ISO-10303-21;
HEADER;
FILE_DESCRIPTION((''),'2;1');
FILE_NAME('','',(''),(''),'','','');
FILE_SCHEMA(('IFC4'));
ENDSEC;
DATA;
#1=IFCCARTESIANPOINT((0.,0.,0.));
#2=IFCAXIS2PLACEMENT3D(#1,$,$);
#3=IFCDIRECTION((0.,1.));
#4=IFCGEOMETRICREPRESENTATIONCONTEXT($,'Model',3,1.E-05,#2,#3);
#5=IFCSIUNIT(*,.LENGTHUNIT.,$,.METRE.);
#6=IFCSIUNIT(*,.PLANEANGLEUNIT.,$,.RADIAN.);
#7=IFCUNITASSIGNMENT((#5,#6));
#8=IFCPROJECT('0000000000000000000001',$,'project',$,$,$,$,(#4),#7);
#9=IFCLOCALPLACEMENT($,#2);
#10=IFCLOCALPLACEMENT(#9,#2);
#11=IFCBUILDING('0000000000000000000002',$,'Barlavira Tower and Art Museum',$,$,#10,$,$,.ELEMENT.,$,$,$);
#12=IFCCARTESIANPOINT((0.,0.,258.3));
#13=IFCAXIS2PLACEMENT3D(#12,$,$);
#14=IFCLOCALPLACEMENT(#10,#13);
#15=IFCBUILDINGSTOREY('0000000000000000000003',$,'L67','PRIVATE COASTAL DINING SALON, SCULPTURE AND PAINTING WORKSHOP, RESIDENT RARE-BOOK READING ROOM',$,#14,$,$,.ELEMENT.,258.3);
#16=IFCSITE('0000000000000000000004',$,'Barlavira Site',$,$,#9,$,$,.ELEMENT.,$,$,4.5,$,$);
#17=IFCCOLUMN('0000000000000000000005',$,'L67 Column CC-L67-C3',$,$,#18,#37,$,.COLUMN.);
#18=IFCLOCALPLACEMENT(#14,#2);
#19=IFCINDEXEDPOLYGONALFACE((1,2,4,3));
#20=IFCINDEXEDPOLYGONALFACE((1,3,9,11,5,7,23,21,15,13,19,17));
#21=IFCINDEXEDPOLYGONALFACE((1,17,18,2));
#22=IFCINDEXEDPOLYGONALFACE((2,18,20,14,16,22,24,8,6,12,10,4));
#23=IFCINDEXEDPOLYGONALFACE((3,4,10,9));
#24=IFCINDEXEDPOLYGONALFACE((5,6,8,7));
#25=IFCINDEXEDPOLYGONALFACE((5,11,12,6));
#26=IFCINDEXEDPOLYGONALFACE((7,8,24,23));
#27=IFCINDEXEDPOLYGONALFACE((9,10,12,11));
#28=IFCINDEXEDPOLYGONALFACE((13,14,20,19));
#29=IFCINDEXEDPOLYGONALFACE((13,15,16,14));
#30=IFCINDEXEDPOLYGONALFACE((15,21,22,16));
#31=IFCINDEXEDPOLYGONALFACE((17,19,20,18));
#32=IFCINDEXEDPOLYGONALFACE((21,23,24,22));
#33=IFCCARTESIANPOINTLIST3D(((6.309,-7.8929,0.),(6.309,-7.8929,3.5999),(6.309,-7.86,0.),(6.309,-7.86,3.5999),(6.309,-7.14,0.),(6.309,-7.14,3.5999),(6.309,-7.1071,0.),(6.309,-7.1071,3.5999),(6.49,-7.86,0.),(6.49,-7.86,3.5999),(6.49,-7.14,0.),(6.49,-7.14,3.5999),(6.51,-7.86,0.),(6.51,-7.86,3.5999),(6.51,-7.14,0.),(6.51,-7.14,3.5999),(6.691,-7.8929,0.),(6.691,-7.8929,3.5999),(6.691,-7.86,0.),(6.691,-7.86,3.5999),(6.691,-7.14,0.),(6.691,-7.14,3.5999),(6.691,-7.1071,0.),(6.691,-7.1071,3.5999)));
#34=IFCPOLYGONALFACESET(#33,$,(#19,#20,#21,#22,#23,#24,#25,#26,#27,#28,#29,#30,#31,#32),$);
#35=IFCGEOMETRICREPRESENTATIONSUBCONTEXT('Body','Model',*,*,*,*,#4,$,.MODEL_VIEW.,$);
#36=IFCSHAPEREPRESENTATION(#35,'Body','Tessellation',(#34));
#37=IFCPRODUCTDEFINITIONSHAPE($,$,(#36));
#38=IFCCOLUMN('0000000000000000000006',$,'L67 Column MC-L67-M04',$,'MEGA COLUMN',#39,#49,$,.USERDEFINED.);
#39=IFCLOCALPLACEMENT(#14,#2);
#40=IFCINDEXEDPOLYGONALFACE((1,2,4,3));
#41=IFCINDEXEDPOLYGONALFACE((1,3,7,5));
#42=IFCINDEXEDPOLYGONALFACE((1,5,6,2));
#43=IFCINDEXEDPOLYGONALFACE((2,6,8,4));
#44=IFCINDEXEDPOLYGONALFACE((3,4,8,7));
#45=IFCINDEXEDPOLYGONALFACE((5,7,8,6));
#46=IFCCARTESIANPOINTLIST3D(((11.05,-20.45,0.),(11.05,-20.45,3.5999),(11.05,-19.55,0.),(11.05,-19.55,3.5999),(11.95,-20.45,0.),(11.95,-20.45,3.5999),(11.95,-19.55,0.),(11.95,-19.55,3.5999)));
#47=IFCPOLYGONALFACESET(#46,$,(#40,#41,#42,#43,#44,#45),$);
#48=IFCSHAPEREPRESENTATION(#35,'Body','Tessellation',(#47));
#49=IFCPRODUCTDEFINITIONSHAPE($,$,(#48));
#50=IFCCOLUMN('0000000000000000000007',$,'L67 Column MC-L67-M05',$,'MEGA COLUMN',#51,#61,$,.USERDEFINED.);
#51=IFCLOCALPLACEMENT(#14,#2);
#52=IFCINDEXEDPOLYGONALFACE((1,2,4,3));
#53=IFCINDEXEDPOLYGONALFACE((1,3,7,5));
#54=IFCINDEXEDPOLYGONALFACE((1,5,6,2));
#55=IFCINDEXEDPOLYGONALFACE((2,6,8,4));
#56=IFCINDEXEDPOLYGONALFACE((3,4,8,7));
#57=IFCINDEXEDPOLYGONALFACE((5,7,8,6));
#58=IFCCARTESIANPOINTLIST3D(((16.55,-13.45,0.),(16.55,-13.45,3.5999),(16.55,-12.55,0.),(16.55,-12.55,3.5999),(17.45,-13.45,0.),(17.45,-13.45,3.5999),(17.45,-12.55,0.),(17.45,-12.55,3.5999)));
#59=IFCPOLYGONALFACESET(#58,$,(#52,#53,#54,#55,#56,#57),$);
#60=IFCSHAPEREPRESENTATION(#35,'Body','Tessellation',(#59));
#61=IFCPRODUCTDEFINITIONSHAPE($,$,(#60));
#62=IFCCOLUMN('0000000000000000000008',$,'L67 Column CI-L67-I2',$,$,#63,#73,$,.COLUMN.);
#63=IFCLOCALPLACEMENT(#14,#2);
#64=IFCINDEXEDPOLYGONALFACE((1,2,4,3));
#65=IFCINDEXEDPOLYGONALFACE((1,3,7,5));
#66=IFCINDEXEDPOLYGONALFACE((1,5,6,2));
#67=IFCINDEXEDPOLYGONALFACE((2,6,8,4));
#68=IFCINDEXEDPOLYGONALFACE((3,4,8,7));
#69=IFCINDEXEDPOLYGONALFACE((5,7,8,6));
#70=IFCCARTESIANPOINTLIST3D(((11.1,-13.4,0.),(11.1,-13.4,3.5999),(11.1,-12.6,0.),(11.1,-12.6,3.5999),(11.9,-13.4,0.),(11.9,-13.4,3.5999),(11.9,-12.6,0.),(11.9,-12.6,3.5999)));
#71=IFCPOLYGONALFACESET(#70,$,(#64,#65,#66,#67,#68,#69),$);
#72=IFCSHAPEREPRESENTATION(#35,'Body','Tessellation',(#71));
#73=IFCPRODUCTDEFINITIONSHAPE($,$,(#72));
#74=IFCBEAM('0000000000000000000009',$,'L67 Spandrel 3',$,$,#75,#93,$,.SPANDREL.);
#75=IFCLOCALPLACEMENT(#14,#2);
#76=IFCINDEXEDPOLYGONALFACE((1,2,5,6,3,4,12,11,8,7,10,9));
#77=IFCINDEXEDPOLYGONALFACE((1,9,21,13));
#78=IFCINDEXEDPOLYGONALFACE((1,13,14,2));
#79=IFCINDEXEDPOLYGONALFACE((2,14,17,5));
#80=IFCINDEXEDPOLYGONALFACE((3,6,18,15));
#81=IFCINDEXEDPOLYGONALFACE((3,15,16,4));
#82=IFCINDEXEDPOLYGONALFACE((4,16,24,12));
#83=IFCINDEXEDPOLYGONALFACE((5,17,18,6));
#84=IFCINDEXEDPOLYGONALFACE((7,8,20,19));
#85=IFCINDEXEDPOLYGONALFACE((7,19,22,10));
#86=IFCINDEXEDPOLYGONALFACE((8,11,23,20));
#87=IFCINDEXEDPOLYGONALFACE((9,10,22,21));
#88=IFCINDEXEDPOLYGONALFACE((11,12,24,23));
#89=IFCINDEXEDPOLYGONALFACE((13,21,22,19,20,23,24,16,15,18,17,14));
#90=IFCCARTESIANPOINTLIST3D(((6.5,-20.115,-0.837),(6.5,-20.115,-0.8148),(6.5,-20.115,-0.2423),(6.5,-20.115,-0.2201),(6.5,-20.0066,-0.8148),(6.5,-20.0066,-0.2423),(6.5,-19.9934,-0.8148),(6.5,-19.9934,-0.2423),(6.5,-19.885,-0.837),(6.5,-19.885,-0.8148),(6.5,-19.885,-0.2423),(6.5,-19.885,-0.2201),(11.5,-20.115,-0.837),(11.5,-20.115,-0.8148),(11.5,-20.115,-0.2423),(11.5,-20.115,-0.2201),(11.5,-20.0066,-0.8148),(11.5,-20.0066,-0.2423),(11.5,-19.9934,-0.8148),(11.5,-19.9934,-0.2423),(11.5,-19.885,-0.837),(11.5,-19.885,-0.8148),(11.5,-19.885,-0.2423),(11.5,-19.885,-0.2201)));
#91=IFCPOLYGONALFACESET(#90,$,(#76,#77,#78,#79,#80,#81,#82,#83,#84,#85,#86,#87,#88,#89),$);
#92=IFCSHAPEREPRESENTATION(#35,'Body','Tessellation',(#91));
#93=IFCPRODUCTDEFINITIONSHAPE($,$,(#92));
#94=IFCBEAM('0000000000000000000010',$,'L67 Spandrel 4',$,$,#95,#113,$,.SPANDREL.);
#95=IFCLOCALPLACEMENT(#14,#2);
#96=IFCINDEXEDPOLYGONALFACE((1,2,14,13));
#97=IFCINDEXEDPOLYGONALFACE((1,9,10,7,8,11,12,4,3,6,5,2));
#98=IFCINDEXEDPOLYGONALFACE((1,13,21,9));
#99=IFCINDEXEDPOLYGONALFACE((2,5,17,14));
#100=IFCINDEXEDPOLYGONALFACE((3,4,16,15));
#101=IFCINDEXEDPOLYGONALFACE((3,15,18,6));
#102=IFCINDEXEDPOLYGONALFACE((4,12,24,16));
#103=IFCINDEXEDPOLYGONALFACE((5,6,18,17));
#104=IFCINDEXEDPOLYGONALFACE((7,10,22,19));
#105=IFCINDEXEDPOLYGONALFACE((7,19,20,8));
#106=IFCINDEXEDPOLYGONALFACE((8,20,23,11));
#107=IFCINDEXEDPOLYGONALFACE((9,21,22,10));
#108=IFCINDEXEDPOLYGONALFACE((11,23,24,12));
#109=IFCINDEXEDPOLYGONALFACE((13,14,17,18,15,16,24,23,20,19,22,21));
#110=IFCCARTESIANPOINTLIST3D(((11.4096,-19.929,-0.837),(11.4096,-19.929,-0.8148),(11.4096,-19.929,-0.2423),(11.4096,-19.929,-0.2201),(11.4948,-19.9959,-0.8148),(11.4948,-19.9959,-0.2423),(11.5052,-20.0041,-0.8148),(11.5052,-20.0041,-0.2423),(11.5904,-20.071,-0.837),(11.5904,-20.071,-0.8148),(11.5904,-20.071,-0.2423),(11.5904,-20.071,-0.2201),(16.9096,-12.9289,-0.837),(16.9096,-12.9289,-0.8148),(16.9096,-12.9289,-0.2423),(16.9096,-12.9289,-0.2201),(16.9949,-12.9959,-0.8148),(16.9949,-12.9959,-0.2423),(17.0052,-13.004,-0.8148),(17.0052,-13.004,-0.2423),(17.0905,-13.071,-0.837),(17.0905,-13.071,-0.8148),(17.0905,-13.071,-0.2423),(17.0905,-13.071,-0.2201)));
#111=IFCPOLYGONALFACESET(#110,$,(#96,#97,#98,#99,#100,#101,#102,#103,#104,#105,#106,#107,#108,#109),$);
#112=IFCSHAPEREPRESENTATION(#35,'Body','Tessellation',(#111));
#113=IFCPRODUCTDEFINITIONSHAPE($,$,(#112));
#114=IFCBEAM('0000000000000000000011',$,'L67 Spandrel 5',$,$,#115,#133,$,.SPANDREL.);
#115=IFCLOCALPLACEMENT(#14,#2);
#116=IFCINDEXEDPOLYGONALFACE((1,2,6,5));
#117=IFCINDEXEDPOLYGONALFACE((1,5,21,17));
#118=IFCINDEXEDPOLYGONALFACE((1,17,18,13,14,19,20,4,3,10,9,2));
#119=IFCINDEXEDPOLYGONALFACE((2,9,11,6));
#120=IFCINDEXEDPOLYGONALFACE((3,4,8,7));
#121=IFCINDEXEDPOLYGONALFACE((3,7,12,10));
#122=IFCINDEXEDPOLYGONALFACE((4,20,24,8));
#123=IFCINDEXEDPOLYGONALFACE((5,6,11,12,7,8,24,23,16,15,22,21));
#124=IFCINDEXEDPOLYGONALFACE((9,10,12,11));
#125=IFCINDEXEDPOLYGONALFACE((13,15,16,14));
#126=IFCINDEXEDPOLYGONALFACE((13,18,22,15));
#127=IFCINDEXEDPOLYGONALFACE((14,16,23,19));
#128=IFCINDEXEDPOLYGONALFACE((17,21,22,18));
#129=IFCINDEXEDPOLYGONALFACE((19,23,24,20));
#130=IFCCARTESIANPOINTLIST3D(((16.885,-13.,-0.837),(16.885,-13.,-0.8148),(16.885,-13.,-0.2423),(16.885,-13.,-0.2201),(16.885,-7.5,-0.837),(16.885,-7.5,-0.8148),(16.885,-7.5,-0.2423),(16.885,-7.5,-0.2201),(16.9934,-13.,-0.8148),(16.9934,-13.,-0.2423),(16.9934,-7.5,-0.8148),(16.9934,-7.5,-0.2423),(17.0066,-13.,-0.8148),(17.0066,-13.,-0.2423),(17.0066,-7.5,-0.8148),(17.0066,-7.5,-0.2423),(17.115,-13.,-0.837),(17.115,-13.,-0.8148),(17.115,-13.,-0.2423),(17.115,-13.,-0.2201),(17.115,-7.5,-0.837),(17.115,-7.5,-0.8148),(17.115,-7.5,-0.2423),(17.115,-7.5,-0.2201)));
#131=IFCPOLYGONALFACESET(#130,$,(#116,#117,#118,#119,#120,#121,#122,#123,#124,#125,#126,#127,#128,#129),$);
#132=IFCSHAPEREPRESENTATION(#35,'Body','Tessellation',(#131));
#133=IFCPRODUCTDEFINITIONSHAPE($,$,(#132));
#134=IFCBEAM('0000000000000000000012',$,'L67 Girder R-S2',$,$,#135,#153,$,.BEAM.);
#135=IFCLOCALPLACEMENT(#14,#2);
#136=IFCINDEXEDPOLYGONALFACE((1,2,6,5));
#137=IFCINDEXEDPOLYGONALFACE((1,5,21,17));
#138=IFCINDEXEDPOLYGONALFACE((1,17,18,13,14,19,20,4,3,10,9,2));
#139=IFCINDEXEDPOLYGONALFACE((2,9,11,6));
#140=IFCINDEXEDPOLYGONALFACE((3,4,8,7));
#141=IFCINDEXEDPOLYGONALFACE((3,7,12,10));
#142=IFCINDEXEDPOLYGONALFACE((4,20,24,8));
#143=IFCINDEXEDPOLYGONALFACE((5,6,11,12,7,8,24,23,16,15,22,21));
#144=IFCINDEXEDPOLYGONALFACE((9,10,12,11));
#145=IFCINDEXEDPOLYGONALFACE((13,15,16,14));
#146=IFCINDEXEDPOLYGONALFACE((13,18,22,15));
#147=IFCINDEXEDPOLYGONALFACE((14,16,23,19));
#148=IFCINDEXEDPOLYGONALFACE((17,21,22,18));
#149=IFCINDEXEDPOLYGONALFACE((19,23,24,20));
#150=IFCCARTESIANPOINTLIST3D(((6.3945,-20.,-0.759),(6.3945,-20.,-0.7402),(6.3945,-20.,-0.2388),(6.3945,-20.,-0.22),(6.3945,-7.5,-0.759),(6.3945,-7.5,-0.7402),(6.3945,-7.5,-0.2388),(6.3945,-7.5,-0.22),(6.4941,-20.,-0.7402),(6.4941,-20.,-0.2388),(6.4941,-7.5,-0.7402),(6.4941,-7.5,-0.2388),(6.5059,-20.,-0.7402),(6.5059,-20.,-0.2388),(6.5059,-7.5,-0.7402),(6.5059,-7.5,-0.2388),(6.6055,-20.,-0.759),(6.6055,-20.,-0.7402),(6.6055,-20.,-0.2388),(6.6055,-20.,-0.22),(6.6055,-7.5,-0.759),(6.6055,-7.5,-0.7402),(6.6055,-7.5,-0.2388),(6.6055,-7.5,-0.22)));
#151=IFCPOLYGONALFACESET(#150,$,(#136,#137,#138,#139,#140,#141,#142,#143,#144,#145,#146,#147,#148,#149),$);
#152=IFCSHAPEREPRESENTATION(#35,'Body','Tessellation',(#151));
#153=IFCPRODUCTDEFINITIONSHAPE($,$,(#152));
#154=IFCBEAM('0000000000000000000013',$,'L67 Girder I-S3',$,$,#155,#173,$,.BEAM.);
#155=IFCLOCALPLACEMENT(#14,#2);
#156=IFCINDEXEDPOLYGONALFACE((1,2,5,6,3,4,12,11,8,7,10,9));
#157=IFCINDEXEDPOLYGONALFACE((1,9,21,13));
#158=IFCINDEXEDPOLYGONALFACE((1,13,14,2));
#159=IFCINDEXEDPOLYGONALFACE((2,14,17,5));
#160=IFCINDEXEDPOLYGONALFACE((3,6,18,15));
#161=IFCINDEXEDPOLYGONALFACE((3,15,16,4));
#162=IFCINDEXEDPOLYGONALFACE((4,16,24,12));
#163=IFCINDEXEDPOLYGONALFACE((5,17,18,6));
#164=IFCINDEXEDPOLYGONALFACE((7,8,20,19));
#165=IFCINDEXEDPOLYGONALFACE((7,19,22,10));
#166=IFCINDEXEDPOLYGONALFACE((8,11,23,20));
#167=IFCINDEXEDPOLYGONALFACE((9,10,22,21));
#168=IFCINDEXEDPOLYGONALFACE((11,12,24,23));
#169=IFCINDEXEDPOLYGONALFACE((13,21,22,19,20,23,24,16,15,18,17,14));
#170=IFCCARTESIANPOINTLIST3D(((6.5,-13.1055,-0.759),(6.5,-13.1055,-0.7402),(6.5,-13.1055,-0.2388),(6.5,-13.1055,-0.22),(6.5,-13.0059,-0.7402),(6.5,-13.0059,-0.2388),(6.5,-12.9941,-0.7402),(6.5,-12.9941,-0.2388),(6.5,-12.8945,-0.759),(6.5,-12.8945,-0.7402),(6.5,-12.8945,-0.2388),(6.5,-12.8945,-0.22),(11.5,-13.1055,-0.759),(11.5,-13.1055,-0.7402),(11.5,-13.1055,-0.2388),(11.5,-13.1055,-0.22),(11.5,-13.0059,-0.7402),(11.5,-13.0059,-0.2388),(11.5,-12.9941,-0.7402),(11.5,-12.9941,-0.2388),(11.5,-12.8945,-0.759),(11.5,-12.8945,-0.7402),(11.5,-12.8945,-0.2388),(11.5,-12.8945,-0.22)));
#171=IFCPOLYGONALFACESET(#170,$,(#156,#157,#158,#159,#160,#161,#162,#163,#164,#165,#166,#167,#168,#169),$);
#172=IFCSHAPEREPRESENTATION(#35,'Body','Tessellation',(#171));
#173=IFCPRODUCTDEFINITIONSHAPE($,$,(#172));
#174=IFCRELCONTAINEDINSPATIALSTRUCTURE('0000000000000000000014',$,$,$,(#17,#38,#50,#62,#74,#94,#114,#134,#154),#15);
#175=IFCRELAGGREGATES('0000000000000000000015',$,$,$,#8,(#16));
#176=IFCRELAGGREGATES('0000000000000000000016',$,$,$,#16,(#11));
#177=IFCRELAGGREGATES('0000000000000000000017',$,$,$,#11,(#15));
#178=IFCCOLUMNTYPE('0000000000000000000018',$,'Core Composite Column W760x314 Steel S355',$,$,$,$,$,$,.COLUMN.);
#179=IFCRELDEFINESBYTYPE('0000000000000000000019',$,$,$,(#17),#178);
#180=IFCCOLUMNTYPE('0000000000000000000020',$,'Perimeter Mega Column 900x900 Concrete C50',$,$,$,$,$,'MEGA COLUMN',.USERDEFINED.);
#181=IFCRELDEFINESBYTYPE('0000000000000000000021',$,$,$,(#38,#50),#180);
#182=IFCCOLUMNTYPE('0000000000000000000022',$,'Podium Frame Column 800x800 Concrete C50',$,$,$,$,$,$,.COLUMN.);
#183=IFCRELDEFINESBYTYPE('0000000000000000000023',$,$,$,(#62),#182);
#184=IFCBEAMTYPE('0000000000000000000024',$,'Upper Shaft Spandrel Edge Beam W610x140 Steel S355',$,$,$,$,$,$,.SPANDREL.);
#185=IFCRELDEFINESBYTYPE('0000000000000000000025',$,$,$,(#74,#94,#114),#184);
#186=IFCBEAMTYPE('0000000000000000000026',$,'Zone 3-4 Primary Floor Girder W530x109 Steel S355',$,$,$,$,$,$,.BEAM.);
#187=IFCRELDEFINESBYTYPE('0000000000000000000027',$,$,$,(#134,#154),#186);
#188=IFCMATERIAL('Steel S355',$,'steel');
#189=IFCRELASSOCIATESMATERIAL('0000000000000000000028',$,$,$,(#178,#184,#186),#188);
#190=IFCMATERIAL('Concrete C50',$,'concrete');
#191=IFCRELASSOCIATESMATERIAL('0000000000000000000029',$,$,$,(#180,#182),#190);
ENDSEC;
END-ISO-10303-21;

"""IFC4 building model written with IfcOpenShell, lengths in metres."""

from ifc_helpers import new_model, si_unit, direction, frame, origin, origin_2d, place, context, subcontext, project, spatial, rectangle, i_section, extrude, material, material_profile, profile_set, type_object, element, save


model = new_model("IFC4")

# Units and contexts
model_context = context("Model", 3, precision=1e-05, world=origin(), true_north=direction((0.0, 1.0)))
body_context = subcontext(model_context, "Body", "Model", "MODEL_VIEW")
ifc_project = project(units=[si_unit("LENGTHUNIT", "METRE"), si_unit("PLANEANGLEUNIT", "RADIAN")], contexts=[model_context])

# Site, building, storey
site_placement = place(None, origin())
site = spatial("IfcSite", under=ifc_project, at=site_placement, Name="Barlavira Site", CompositionType="ELEMENT", RefElevation=4.5)
building_placement = place(site_placement, origin())
building = spatial("IfcBuilding", under=site, at=building_placement, Name="Barlavira Tower and Art Museum", CompositionType="ELEMENT")
storey_placement = place(building_placement, frame((0.0, 0.0, 258.3)))
storey = spatial("IfcBuildingStorey", under=building, at=storey_placement, Name="L67", Description="PRIVATE COASTAL DINING SALON, SCULPTURE AND PAINTING WORKSHOP, RESIDENT RARE-BOOK READING ROOM", CompositionType="ELEMENT", Elevation=258.3)

# Columns
ifc_material_1 = material(Name="Steel S355", Category="steel")
ifc_material_profile_1 = material_profile(ifc_material_1, i_section(OverallWidth=0.3821, OverallDepth=0.7859, WebThickness=0.02, FlangeThickness=0.033, at=origin_2d()), Name="W760x314.0")
ifc_profile_set_1 = profile_set([ifc_material_profile_1], Name="Steel S355")
column_type_1 = type_object("IfcColumnType", Name="Core Composite Column W760x314 Steel S355", PredefinedType="COLUMN", material=ifc_profile_set_1)
column_1_placement = place(storey_placement, frame((6.5, -7.5, 0.0), z_axis=(0.0, 0.0, 1.0), x_axis=(1.0, 0.0, 0.0)))
element("IfcColumn", 1, at=column_1_placement, inside=storey, type_object=column_type_1, Name="L67 Column CC-L67-C3", PredefinedType="COLUMN", context=body_context, shape_type="SweptSolid", body=[
    extrude(i_section(OverallWidth=0.3821, OverallDepth=0.7859, WebThickness=0.02, FlangeThickness=0.033, at=origin_2d()), origin(), (0.0, 0.0, 1.0), 3.5999),
])
ifc_material_2 = material(Name="Concrete C50", Category="concrete")
ifc_material_profile_2 = material_profile(ifc_material_2, rectangle(XDim=0.8999, YDim=0.8999, at=origin_2d()), Name="RC-COL 900x900")
ifc_profile_set_2 = profile_set([ifc_material_profile_2], Name="Concrete C50")
column_type_2 = type_object("IfcColumnType", Name="Perimeter Mega Column 900x900 Concrete C50", ElementType="MEGA COLUMN", PredefinedType="USERDEFINED", material=ifc_profile_set_2)
for number, where, z_axis, x_axis, name in (
    (2, (11.5, -20.0, 0.0), (0.0, 0.0, 1.0), (1.0, 0.0, 0.0), "L67 Column MC-L67-M04"),
    (3, (17.0, -13.0, 0.0), (0.0, 0.0, 1.0), (1.0, 0.0, 0.0), "L67 Column MC-L67-M05"),
):
    element("IfcColumn", number, at=place(storey_placement, frame(where, z_axis=z_axis, x_axis=x_axis)), inside=storey, type_object=column_type_2, Name=name, ObjectType="MEGA COLUMN", PredefinedType="USERDEFINED", context=body_context, shape_type="SweptSolid", body=[
        extrude(rectangle(XDim=0.8999, YDim=0.8999, at=origin_2d()), origin(), (0.0, 0.0, 1.0), 3.5999),
    ])
ifc_material_profile_3 = material_profile(ifc_material_2, rectangle(XDim=0.8, YDim=0.8, at=origin_2d()), Name="RC-COL 800x800")
ifc_profile_set_3 = profile_set([ifc_material_profile_3], Name="Concrete C50")
column_type_3 = type_object("IfcColumnType", Name="Podium Frame Column 800x800 Concrete C50", PredefinedType="COLUMN", material=ifc_profile_set_3)
column_2_placement = place(storey_placement, frame((11.5, -13.0, 0.0), z_axis=(0.0, 0.0, 1.0), x_axis=(1.0, 0.0, 0.0)))
element("IfcColumn", 4, at=column_2_placement, inside=storey, type_object=column_type_3, Name="L67 Column CI-L67-I2", PredefinedType="COLUMN", context=body_context, shape_type="SweptSolid", body=[
    extrude(rectangle(XDim=0.8, YDim=0.8, at=origin_2d()), origin(), (0.0, 0.0, 1.0), 3.5999),
])

# Beams
ifc_material_profile_4 = material_profile(ifc_material_1, i_section(OverallWidth=0.23, OverallDepth=0.6169, WebThickness=0.0132, FlangeThickness=0.0222, at=origin_2d()), Name="W610x140.0")
ifc_profile_set_4 = profile_set([ifc_material_profile_4], Name="Steel S355")
beam_type_1 = type_object("IfcBeamType", Name="Upper Shaft Spandrel Edge Beam W610x140 Steel S355", PredefinedType="SPANDREL", material=ifc_profile_set_4)
beam_1_placement = place(storey_placement, frame((6.5, -20.0, -0.5286), z_axis=(1.0, 0.0, 0.0), x_axis=(0.0, 1.0, 0.0)))
element("IfcBeam", 5, at=beam_1_placement, inside=storey, type_object=beam_type_1, Name="L67 Spandrel 3", PredefinedType="SPANDREL", context=body_context, shape_type="SweptSolid", body=[
    extrude(i_section(OverallWidth=0.23, OverallDepth=0.6169, WebThickness=0.0132, FlangeThickness=0.0222, at=origin_2d()), origin(), (0.0, 0.0, 1.0), 5.0),
])
beam_2_placement = place(storey_placement, frame((11.5, -20.0, -0.5286), z_axis=(0.617822, 0.786318, 0.0), x_axis=(-0.786318, 0.617822, 0.0)))
element("IfcBeam", 6, at=beam_2_placement, inside=storey, type_object=beam_type_1, Name="L67 Spandrel 4", PredefinedType="SPANDREL", context=body_context, shape_type="SweptSolid", body=[
    extrude(i_section(OverallWidth=0.23, OverallDepth=0.6169, WebThickness=0.0132, FlangeThickness=0.0222, at=origin_2d()), origin(), (0.0, 0.0, 1.0), 8.9023),
])
beam_3_placement = place(storey_placement, frame((17.0, -13.0, -0.5286), z_axis=(0.0, 1.0, 0.0), x_axis=(-1.0, 0.0, 0.0)))
element("IfcBeam", 7, at=beam_3_placement, inside=storey, type_object=beam_type_1, Name="L67 Spandrel 5", PredefinedType="SPANDREL", context=body_context, shape_type="SweptSolid", body=[
    extrude(i_section(OverallWidth=0.23, OverallDepth=0.6169, WebThickness=0.0132, FlangeThickness=0.0222, at=origin_2d()), origin(), (0.0, 0.0, 1.0), 5.5),
])
ifc_material_profile_5 = material_profile(ifc_material_1, i_section(OverallWidth=0.2109, OverallDepth=0.5391, WebThickness=0.0117, FlangeThickness=0.0188, at=origin_2d()), Name="W530x109.0")
ifc_profile_set_5 = profile_set([ifc_material_profile_5], Name="Steel S355")
beam_type_2 = type_object("IfcBeamType", Name="Zone 3-4 Primary Floor Girder W530x109 Steel S355", PredefinedType="BEAM", material=ifc_profile_set_5)
beam_4_placement = place(storey_placement, frame((6.5, -20.0, -0.4895), z_axis=(0.0, 1.0, 0.0), x_axis=(-1.0, 0.0, 0.0)))
element("IfcBeam", 8, at=beam_4_placement, inside=storey, type_object=beam_type_2, Name="L67 Girder R-S2", PredefinedType="BEAM", context=body_context, shape_type="SweptSolid", body=[
    extrude(i_section(OverallWidth=0.2109, OverallDepth=0.5391, WebThickness=0.0117, FlangeThickness=0.0188, at=origin_2d()), origin(), (0.0, 0.0, 1.0), 12.5),
])
beam_5_placement = place(storey_placement, frame((6.5, -13.0, -0.4895), z_axis=(1.0, 0.0, 0.0), x_axis=(0.0, 1.0, 0.0)))
element("IfcBeam", 9, at=beam_5_placement, inside=storey, type_object=beam_type_2, Name="L67 Girder I-S3", PredefinedType="BEAM", context=body_context, shape_type="SweptSolid", body=[
    extrude(i_section(OverallWidth=0.2109, OverallDepth=0.5391, WebThickness=0.0117, FlangeThickness=0.0188, at=origin_2d()), origin(), (0.0, 0.0, 1.0), 5.0),
])

save(model, "model.ifc")
